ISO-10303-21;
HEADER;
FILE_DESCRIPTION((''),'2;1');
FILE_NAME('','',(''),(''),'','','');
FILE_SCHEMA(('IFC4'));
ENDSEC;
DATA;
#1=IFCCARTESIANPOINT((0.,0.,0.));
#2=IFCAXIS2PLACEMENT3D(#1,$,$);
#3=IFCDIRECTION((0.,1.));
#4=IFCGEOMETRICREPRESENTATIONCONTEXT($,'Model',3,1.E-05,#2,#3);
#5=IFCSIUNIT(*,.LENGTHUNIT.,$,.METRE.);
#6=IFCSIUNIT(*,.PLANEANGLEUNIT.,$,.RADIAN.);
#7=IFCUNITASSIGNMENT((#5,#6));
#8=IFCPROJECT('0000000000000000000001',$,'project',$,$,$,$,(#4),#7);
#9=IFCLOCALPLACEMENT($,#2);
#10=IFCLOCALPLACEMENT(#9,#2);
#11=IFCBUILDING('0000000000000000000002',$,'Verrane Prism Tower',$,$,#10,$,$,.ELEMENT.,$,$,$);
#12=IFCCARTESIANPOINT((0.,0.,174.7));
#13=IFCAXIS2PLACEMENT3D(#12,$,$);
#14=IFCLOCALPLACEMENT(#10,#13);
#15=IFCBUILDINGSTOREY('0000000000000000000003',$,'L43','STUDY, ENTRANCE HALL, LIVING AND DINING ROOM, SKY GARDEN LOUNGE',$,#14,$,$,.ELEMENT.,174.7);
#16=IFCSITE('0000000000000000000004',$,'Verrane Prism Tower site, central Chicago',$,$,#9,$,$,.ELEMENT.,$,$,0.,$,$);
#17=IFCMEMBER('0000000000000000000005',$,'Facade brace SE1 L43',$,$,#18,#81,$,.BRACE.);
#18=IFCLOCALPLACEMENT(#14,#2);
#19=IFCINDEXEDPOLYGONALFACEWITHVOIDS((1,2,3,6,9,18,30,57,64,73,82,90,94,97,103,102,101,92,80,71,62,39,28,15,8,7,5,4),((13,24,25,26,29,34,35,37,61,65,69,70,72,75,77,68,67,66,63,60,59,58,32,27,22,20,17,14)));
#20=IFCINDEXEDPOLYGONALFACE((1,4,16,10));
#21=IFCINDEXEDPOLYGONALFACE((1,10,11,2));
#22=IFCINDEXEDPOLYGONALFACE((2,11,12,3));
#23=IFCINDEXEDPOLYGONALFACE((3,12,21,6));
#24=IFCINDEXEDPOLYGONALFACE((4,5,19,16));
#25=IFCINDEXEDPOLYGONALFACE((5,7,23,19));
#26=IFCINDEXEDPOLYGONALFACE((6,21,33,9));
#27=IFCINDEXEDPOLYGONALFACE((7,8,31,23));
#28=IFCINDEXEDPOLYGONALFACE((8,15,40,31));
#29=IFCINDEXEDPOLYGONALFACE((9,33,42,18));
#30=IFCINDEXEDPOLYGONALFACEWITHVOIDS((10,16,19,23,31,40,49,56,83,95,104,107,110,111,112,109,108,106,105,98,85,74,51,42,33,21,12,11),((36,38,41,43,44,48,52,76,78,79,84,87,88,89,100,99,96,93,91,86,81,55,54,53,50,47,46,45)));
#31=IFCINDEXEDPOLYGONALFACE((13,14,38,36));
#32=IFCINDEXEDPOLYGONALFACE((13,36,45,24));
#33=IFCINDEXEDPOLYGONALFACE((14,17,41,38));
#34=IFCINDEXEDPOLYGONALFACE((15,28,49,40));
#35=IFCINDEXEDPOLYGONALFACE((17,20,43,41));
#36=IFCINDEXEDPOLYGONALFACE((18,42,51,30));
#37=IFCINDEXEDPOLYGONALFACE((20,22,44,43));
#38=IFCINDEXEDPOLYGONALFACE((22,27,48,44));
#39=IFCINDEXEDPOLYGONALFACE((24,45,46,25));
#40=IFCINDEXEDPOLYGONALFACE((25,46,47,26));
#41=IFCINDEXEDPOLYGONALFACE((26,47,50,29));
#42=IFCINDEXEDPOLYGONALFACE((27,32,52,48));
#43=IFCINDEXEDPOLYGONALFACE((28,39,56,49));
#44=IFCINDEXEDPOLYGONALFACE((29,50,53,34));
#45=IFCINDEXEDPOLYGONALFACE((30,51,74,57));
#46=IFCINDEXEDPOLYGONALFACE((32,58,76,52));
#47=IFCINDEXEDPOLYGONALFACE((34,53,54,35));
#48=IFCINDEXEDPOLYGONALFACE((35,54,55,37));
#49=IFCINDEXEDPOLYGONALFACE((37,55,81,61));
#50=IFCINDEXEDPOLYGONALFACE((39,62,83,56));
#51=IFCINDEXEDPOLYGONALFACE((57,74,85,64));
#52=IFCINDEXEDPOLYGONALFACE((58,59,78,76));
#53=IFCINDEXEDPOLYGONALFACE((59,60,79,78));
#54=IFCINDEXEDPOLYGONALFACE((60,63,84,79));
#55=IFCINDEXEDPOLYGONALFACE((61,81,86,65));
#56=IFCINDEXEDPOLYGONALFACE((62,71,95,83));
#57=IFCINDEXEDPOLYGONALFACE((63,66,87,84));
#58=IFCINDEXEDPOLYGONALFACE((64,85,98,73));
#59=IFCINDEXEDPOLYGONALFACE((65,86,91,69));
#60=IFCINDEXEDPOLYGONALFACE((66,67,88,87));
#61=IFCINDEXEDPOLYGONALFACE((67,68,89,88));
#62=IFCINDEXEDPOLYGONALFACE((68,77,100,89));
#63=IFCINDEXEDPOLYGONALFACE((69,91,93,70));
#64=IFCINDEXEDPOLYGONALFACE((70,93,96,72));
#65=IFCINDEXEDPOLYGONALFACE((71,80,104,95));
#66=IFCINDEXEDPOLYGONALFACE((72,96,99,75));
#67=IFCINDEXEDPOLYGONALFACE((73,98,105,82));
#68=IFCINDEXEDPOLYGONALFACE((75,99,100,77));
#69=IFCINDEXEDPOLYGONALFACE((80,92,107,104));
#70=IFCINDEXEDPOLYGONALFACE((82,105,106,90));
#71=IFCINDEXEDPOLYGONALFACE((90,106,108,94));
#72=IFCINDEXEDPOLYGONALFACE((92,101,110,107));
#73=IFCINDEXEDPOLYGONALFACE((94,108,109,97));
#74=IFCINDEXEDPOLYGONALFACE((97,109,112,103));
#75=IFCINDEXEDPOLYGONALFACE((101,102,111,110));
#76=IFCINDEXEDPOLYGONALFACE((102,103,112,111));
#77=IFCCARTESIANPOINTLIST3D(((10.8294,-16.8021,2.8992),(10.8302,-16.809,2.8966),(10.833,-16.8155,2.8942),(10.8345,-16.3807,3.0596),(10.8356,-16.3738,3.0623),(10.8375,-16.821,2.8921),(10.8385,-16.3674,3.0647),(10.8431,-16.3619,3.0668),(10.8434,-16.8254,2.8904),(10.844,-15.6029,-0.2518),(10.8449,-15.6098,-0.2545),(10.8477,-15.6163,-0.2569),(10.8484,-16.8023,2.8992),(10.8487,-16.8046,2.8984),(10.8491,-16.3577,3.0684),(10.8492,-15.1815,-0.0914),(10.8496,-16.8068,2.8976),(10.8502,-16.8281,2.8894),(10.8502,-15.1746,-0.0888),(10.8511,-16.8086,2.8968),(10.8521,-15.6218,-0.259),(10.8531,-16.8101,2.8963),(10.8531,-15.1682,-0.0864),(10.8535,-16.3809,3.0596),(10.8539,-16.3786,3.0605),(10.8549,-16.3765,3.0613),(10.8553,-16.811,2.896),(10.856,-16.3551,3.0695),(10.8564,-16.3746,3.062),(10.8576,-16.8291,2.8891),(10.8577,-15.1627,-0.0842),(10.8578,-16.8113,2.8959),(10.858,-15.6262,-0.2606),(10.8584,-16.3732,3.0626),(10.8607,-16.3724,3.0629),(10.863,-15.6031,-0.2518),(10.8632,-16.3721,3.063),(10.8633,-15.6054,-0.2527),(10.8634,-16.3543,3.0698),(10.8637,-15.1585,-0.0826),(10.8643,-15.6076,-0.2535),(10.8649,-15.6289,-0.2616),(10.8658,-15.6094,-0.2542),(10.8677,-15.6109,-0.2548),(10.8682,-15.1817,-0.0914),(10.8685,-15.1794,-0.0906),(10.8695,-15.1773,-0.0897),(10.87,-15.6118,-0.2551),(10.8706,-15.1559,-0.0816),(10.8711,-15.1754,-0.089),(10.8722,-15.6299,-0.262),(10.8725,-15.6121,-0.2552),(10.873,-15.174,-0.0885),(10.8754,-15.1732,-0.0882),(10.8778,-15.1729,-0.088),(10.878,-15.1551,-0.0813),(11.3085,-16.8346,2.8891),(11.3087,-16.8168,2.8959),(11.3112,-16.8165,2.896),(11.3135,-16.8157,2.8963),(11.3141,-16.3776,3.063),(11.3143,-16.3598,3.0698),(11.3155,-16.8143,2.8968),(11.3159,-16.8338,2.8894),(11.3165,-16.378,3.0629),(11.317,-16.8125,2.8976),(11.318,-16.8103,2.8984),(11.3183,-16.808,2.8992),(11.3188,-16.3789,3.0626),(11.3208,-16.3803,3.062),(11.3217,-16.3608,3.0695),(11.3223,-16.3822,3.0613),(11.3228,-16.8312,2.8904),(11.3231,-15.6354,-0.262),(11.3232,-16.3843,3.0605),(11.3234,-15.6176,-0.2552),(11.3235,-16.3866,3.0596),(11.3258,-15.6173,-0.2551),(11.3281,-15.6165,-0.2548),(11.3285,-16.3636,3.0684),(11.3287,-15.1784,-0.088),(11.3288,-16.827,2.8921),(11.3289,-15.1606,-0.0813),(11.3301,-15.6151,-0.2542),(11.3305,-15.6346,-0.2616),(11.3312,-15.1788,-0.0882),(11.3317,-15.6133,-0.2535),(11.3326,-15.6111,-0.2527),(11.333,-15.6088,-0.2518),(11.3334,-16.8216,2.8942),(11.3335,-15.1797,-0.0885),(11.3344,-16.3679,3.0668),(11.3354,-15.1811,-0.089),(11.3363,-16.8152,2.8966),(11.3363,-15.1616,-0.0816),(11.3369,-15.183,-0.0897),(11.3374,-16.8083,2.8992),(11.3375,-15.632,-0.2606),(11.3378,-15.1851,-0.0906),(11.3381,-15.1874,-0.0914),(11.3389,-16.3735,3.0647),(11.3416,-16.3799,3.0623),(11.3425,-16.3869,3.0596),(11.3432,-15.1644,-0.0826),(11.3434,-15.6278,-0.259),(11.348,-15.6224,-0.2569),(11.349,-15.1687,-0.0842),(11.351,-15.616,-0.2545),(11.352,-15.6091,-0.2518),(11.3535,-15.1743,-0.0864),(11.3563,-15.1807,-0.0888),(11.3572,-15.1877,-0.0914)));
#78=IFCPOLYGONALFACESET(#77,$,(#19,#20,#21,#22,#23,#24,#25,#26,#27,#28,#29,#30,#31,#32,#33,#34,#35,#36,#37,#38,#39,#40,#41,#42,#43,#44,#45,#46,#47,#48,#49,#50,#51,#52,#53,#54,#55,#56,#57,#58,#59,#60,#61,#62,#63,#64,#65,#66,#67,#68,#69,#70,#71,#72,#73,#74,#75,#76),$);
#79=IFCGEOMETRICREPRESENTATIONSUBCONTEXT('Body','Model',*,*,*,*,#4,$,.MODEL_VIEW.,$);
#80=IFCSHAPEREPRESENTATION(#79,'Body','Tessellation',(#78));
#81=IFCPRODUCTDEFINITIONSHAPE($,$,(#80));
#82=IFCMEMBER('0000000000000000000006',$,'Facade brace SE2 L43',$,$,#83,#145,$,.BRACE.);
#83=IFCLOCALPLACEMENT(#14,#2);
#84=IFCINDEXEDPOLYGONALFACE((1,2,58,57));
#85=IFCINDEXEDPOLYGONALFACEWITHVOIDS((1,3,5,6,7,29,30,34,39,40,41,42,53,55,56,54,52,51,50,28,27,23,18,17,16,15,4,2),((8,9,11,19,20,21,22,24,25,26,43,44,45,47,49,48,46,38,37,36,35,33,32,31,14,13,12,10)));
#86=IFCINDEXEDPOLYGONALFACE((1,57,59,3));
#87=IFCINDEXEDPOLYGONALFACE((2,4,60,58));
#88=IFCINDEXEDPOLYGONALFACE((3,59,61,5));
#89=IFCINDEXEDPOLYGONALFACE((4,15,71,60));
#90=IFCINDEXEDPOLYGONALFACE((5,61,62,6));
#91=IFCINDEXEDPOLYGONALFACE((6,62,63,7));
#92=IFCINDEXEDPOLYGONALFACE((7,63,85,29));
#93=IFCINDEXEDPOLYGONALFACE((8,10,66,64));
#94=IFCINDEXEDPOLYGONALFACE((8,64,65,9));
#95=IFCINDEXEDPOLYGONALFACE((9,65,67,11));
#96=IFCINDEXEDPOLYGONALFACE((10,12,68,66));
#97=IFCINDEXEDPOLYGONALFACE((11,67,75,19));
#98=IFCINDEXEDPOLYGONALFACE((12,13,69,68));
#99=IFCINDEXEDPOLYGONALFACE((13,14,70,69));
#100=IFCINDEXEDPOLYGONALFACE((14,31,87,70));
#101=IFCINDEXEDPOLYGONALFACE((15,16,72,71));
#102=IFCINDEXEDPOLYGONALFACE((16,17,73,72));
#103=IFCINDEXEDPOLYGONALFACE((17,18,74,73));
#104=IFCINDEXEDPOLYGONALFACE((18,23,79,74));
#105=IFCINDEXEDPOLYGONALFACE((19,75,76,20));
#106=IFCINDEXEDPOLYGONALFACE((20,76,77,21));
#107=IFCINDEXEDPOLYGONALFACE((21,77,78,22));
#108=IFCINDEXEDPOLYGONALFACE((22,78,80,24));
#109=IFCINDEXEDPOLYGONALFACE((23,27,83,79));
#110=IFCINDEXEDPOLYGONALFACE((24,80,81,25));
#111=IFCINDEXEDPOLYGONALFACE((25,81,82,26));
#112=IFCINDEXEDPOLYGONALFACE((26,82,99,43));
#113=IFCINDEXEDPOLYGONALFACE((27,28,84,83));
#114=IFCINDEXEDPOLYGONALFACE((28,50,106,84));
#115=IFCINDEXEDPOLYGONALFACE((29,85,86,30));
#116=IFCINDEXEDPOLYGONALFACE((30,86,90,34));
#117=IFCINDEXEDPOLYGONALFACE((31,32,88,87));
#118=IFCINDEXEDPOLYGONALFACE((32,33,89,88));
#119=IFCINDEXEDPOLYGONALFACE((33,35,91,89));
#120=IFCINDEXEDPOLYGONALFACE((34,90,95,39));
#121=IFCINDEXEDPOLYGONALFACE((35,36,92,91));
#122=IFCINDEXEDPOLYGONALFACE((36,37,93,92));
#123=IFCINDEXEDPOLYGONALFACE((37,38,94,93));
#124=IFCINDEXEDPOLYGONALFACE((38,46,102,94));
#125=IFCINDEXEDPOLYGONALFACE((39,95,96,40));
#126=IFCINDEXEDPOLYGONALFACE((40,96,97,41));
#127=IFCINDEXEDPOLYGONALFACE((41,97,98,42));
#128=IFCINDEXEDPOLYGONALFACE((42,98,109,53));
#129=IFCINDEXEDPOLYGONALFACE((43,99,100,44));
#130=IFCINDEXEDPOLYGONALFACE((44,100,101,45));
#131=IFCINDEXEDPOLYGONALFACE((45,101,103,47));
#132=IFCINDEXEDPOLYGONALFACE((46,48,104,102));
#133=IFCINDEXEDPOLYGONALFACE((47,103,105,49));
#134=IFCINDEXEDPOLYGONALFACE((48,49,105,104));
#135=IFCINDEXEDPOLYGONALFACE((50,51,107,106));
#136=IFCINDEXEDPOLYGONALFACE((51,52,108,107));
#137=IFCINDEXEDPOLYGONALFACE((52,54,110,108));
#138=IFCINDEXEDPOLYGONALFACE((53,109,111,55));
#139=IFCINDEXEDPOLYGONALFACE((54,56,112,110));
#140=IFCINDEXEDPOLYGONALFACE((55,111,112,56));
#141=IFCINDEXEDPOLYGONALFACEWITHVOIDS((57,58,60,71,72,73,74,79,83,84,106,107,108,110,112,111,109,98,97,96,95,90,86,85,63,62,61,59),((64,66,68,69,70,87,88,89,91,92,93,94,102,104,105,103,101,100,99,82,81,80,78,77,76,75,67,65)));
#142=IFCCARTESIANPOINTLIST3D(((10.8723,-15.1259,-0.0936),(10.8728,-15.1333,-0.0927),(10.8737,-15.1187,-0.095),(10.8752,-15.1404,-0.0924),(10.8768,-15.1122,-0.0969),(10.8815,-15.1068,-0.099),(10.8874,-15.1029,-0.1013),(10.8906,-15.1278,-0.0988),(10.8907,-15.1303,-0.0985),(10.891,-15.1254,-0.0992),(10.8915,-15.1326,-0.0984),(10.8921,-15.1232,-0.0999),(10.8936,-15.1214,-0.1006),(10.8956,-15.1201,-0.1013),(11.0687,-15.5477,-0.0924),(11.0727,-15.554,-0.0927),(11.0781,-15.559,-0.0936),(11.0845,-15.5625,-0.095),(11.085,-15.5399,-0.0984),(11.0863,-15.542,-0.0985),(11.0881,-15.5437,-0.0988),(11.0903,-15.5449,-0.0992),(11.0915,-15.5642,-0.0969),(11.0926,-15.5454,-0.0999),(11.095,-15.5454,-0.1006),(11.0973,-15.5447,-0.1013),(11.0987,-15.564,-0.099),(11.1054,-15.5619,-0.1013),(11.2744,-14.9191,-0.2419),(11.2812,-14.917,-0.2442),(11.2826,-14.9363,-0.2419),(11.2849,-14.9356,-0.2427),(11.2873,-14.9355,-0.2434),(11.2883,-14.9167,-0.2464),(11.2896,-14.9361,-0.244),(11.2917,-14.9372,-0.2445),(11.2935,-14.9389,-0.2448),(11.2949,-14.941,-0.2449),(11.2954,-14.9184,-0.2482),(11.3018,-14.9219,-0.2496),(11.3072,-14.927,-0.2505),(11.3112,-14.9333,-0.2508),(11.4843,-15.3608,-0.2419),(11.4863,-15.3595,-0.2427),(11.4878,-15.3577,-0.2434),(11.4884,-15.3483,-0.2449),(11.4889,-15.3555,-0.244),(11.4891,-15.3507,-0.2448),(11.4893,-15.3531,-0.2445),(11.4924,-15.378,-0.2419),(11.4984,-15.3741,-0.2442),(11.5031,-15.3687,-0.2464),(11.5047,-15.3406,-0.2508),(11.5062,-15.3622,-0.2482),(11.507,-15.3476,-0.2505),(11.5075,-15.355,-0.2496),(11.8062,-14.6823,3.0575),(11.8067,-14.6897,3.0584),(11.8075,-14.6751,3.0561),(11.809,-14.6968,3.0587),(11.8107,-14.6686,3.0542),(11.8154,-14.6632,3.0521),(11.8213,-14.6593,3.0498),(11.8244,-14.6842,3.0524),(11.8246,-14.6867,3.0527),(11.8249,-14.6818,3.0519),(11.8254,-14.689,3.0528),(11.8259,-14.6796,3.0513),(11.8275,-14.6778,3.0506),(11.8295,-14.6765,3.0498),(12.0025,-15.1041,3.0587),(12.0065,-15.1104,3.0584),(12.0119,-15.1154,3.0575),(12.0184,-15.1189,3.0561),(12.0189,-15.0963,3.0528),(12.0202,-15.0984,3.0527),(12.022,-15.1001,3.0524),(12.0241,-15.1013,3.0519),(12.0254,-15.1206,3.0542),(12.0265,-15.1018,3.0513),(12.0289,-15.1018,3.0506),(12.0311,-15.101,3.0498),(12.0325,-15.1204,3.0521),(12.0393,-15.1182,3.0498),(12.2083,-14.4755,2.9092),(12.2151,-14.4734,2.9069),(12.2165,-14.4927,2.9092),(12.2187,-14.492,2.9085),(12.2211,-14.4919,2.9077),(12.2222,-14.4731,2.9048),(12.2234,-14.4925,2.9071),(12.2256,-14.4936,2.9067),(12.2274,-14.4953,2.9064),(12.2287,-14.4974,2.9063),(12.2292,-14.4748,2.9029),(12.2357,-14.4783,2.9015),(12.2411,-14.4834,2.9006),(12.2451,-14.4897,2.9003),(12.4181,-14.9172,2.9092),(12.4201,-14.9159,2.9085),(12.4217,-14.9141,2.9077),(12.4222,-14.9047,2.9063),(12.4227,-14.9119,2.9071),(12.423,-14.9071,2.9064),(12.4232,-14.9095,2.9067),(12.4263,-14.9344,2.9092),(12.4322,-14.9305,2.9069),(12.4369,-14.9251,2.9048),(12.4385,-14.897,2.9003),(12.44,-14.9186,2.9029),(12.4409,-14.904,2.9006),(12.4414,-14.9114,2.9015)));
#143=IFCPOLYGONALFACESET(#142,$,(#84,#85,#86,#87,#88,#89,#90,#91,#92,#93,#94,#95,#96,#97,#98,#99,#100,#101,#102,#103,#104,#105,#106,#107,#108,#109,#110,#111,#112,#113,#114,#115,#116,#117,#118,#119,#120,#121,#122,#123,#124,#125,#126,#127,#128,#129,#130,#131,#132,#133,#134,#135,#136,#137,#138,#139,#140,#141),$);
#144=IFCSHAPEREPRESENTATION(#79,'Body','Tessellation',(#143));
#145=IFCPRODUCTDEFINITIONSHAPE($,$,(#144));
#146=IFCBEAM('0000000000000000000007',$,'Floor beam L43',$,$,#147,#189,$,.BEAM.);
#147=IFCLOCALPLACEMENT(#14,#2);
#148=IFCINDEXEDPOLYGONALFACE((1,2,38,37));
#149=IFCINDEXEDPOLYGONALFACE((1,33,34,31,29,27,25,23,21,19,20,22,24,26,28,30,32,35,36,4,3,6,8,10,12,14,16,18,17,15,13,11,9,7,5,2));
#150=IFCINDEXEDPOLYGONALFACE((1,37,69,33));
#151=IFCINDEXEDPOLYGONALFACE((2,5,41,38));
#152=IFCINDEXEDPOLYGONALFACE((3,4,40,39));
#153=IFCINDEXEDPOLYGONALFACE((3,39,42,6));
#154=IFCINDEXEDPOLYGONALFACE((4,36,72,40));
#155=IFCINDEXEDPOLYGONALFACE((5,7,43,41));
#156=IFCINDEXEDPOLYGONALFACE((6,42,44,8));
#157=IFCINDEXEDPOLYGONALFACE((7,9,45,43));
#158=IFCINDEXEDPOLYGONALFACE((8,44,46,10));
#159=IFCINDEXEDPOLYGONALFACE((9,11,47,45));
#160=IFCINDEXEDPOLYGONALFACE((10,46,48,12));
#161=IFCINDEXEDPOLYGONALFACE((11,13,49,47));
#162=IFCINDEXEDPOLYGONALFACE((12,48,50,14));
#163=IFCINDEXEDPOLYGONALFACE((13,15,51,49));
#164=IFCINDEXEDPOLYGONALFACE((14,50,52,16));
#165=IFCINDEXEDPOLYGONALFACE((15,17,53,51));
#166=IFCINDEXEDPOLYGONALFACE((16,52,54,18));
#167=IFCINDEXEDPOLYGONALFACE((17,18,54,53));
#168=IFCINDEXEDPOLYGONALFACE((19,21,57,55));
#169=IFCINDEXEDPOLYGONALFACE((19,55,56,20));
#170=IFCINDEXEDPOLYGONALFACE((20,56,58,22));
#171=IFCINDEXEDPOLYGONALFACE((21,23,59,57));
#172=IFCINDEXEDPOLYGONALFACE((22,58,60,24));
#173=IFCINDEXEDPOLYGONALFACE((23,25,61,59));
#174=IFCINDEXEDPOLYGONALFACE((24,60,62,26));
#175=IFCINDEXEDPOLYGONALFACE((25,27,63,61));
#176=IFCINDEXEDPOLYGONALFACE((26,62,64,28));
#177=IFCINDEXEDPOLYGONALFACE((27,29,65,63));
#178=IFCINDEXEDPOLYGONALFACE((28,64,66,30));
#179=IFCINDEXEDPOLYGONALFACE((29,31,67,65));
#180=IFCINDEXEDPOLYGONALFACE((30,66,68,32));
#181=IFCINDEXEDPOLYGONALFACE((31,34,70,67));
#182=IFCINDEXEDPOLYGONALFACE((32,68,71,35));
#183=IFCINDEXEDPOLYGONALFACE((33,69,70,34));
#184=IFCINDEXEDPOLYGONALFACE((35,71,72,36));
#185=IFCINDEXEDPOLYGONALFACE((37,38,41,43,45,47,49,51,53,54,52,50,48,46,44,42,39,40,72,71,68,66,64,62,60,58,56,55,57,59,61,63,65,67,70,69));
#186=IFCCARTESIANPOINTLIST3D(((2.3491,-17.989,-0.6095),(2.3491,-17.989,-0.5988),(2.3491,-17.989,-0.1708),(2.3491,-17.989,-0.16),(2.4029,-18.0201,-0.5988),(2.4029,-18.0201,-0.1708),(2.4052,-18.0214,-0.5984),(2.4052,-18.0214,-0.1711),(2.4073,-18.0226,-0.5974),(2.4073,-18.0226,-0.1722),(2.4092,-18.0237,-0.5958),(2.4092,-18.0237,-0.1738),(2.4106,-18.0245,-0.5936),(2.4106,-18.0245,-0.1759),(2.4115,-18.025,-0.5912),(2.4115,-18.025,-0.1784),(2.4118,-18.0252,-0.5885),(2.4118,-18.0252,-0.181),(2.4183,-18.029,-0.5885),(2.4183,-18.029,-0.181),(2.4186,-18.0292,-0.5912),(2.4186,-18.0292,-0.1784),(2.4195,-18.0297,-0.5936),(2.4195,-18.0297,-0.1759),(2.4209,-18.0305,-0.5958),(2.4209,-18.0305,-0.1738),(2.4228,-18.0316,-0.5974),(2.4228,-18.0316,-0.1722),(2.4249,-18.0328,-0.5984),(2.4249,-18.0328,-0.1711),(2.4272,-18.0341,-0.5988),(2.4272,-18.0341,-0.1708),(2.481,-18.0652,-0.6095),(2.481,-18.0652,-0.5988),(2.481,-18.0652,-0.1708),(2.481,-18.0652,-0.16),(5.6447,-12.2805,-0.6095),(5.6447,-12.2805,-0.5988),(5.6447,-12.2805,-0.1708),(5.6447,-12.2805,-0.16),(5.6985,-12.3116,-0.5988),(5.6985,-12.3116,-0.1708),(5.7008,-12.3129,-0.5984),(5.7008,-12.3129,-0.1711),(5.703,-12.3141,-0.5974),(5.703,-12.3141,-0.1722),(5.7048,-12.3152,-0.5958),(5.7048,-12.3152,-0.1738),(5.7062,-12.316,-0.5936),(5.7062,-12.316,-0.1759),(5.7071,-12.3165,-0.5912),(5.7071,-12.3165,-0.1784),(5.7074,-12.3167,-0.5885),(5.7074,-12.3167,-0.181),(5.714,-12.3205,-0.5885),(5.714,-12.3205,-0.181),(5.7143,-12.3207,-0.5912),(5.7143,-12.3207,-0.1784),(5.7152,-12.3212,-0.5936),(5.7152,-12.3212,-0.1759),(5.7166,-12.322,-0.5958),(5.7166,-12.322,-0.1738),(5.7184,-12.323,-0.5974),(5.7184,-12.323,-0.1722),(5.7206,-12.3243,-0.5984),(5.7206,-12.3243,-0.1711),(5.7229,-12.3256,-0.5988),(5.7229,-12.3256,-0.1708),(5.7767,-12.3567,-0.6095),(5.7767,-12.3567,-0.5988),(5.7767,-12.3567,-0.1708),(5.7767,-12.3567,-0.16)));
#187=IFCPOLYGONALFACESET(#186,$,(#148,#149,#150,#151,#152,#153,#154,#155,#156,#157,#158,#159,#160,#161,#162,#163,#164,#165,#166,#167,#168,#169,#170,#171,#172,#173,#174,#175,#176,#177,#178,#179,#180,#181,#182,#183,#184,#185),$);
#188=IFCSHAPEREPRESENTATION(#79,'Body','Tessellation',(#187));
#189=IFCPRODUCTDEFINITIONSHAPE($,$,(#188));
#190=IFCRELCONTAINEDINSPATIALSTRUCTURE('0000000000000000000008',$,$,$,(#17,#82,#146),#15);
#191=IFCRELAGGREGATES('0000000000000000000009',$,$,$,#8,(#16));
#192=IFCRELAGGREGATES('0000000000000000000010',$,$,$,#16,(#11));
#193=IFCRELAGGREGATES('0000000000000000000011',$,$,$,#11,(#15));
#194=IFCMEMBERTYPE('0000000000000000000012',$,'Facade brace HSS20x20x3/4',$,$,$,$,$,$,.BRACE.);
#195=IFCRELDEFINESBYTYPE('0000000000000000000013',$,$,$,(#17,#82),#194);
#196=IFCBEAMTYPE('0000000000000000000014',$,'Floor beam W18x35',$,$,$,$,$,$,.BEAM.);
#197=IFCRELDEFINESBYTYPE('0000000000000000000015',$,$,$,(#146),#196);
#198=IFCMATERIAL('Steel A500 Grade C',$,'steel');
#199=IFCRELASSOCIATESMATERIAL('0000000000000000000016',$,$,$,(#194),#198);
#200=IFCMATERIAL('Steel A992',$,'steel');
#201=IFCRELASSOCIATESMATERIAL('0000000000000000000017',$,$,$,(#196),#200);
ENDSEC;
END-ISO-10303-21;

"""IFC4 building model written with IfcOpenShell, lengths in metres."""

from ifc_helpers import new_model, si_unit, direction, frame, origin, origin_2d, place, context, subcontext, project, spatial, hollow_rectangle, i_section, extrude, material, material_profile, profile_set, type_object, element, save


model = new_model("IFC4")

# Units and contexts
model_context = context("Model", 3, precision=1e-05, world=origin(), true_north=direction((0.0, 1.0)))
body_context = subcontext(model_context, "Body", "Model", "MODEL_VIEW")
ifc_project = project(units=[si_unit("LENGTHUNIT", "METRE"), si_unit("PLANEANGLEUNIT", "RADIAN")], contexts=[model_context])

# Site, building, storey
site_placement = place(None, origin())
site = spatial("IfcSite", under=ifc_project, at=site_placement, Name="Verrane Prism Tower site, central Chicago", CompositionType="ELEMENT", RefElevation=0.0)
building_placement = place(site_placement, origin())
building = spatial("IfcBuilding", under=site, at=building_placement, Name="Verrane Prism Tower", CompositionType="ELEMENT")
storey_placement = place(building_placement, frame((0.0, 0.0, 174.7)))
storey = spatial("IfcBuildingStorey", under=building, at=storey_placement, Name="L43", Description="STUDY, ENTRANCE HALL, LIVING AND DINING ROOM, SKY GARDEN LOUNGE", CompositionType="ELEMENT", Elevation=174.7)

# Members
ifc_material_1 = material(Name="Steel A500 Grade C", Category="steel")
ifc_material_profile_1 = material_profile(ifc_material_1, hollow_rectangle(XDim=0.5081, YDim=0.5081, WallThickness=0.019, InnerFilletRadius=0.0095, OuterFilletRadius=0.0286, at=origin_2d()), Name="HSS20x20x3/4")
ifc_profile_set_1 = profile_set([ifc_material_profile_1], Name="Steel A500 Grade C")
member_type_1 = type_object("IfcMemberType", Name="Facade brace HSS20x20x3/4", PredefinedType="BRACE", material=ifc_profile_set_1)
member_1_placement = place(storey_placement, frame((11.1006, -15.3953, -0.1716), z_axis=(-0.004345, -0.355679, 0.934598), x_axis=(0.999925, -0.012214, 0.0)))
element("IfcMember", 1, at=member_1_placement, inside=storey, type_object=member_type_1, Name="Facade brace SE1 L43", PredefinedType="BRACE", context=body_context, shape_type="SweptSolid", body=[
    extrude(hollow_rectangle(XDim=0.5081, YDim=0.5081, WallThickness=0.019, InnerFilletRadius=0.0095, OuterFilletRadius=0.0286, at=origin_2d()), origin(), (0.0, 0.0, 1.0), 3.3716),
])
member_2_placement = place(storey_placement, frame((11.1899, -15.2405, -0.1716), z_axis=(0.281583, 0.133761, 0.950168), x_axis=(-0.429081, 0.903266, 0.0)))
element("IfcMember", 2, at=member_2_placement, inside=storey, type_object=member_type_1, Name="Facade brace SE2 L43", PredefinedType="BRACE", context=body_context, shape_type="SweptSolid", body=[
    extrude(hollow_rectangle(XDim=0.5081, YDim=0.5081, WallThickness=0.019, InnerFilletRadius=0.0095, OuterFilletRadius=0.0286, at=origin_2d()), origin(), (0.0, 0.0, 1.0), 3.3164),
])

# Beam
ifc_material_2 = material(Name="Steel A992", Category="steel")
ifc_material_profile_2 = material_profile(ifc_material_2, i_section(OverallWidth=0.1523, OverallDepth=0.4495, WebThickness=0.0076, FlangeThickness=0.0107, FilletRadius=0.0103, at=origin_2d()), Name="W18x35")
ifc_profile_set_2 = profile_set([ifc_material_profile_2], Name="Steel A992")
beam_type_1 = type_object("IfcBeamType", Name="Floor beam W18x35", PredefinedType="BEAM", material=ifc_profile_set_2)
beam_1_placement = place(storey_placement, frame((2.415, -18.0271, -0.3848), z_axis=(0.499983, 0.866035, 0.0), x_axis=(-0.866035, 0.499983, 0.0)))
element("IfcBeam", 3, at=beam_1_placement, inside=storey, type_object=beam_type_1, Name="Floor beam L43", PredefinedType="BEAM", context=body_context, shape_type="SweptSolid", body=[
    extrude(i_section(OverallWidth=0.1523, OverallDepth=0.4495, WebThickness=0.0076, FlangeThickness=0.0107, FilletRadius=0.0103, at=origin_2d()), origin(), (0.0, 0.0, 1.0), 6.5916),
])

save(model, "model.ifc")
